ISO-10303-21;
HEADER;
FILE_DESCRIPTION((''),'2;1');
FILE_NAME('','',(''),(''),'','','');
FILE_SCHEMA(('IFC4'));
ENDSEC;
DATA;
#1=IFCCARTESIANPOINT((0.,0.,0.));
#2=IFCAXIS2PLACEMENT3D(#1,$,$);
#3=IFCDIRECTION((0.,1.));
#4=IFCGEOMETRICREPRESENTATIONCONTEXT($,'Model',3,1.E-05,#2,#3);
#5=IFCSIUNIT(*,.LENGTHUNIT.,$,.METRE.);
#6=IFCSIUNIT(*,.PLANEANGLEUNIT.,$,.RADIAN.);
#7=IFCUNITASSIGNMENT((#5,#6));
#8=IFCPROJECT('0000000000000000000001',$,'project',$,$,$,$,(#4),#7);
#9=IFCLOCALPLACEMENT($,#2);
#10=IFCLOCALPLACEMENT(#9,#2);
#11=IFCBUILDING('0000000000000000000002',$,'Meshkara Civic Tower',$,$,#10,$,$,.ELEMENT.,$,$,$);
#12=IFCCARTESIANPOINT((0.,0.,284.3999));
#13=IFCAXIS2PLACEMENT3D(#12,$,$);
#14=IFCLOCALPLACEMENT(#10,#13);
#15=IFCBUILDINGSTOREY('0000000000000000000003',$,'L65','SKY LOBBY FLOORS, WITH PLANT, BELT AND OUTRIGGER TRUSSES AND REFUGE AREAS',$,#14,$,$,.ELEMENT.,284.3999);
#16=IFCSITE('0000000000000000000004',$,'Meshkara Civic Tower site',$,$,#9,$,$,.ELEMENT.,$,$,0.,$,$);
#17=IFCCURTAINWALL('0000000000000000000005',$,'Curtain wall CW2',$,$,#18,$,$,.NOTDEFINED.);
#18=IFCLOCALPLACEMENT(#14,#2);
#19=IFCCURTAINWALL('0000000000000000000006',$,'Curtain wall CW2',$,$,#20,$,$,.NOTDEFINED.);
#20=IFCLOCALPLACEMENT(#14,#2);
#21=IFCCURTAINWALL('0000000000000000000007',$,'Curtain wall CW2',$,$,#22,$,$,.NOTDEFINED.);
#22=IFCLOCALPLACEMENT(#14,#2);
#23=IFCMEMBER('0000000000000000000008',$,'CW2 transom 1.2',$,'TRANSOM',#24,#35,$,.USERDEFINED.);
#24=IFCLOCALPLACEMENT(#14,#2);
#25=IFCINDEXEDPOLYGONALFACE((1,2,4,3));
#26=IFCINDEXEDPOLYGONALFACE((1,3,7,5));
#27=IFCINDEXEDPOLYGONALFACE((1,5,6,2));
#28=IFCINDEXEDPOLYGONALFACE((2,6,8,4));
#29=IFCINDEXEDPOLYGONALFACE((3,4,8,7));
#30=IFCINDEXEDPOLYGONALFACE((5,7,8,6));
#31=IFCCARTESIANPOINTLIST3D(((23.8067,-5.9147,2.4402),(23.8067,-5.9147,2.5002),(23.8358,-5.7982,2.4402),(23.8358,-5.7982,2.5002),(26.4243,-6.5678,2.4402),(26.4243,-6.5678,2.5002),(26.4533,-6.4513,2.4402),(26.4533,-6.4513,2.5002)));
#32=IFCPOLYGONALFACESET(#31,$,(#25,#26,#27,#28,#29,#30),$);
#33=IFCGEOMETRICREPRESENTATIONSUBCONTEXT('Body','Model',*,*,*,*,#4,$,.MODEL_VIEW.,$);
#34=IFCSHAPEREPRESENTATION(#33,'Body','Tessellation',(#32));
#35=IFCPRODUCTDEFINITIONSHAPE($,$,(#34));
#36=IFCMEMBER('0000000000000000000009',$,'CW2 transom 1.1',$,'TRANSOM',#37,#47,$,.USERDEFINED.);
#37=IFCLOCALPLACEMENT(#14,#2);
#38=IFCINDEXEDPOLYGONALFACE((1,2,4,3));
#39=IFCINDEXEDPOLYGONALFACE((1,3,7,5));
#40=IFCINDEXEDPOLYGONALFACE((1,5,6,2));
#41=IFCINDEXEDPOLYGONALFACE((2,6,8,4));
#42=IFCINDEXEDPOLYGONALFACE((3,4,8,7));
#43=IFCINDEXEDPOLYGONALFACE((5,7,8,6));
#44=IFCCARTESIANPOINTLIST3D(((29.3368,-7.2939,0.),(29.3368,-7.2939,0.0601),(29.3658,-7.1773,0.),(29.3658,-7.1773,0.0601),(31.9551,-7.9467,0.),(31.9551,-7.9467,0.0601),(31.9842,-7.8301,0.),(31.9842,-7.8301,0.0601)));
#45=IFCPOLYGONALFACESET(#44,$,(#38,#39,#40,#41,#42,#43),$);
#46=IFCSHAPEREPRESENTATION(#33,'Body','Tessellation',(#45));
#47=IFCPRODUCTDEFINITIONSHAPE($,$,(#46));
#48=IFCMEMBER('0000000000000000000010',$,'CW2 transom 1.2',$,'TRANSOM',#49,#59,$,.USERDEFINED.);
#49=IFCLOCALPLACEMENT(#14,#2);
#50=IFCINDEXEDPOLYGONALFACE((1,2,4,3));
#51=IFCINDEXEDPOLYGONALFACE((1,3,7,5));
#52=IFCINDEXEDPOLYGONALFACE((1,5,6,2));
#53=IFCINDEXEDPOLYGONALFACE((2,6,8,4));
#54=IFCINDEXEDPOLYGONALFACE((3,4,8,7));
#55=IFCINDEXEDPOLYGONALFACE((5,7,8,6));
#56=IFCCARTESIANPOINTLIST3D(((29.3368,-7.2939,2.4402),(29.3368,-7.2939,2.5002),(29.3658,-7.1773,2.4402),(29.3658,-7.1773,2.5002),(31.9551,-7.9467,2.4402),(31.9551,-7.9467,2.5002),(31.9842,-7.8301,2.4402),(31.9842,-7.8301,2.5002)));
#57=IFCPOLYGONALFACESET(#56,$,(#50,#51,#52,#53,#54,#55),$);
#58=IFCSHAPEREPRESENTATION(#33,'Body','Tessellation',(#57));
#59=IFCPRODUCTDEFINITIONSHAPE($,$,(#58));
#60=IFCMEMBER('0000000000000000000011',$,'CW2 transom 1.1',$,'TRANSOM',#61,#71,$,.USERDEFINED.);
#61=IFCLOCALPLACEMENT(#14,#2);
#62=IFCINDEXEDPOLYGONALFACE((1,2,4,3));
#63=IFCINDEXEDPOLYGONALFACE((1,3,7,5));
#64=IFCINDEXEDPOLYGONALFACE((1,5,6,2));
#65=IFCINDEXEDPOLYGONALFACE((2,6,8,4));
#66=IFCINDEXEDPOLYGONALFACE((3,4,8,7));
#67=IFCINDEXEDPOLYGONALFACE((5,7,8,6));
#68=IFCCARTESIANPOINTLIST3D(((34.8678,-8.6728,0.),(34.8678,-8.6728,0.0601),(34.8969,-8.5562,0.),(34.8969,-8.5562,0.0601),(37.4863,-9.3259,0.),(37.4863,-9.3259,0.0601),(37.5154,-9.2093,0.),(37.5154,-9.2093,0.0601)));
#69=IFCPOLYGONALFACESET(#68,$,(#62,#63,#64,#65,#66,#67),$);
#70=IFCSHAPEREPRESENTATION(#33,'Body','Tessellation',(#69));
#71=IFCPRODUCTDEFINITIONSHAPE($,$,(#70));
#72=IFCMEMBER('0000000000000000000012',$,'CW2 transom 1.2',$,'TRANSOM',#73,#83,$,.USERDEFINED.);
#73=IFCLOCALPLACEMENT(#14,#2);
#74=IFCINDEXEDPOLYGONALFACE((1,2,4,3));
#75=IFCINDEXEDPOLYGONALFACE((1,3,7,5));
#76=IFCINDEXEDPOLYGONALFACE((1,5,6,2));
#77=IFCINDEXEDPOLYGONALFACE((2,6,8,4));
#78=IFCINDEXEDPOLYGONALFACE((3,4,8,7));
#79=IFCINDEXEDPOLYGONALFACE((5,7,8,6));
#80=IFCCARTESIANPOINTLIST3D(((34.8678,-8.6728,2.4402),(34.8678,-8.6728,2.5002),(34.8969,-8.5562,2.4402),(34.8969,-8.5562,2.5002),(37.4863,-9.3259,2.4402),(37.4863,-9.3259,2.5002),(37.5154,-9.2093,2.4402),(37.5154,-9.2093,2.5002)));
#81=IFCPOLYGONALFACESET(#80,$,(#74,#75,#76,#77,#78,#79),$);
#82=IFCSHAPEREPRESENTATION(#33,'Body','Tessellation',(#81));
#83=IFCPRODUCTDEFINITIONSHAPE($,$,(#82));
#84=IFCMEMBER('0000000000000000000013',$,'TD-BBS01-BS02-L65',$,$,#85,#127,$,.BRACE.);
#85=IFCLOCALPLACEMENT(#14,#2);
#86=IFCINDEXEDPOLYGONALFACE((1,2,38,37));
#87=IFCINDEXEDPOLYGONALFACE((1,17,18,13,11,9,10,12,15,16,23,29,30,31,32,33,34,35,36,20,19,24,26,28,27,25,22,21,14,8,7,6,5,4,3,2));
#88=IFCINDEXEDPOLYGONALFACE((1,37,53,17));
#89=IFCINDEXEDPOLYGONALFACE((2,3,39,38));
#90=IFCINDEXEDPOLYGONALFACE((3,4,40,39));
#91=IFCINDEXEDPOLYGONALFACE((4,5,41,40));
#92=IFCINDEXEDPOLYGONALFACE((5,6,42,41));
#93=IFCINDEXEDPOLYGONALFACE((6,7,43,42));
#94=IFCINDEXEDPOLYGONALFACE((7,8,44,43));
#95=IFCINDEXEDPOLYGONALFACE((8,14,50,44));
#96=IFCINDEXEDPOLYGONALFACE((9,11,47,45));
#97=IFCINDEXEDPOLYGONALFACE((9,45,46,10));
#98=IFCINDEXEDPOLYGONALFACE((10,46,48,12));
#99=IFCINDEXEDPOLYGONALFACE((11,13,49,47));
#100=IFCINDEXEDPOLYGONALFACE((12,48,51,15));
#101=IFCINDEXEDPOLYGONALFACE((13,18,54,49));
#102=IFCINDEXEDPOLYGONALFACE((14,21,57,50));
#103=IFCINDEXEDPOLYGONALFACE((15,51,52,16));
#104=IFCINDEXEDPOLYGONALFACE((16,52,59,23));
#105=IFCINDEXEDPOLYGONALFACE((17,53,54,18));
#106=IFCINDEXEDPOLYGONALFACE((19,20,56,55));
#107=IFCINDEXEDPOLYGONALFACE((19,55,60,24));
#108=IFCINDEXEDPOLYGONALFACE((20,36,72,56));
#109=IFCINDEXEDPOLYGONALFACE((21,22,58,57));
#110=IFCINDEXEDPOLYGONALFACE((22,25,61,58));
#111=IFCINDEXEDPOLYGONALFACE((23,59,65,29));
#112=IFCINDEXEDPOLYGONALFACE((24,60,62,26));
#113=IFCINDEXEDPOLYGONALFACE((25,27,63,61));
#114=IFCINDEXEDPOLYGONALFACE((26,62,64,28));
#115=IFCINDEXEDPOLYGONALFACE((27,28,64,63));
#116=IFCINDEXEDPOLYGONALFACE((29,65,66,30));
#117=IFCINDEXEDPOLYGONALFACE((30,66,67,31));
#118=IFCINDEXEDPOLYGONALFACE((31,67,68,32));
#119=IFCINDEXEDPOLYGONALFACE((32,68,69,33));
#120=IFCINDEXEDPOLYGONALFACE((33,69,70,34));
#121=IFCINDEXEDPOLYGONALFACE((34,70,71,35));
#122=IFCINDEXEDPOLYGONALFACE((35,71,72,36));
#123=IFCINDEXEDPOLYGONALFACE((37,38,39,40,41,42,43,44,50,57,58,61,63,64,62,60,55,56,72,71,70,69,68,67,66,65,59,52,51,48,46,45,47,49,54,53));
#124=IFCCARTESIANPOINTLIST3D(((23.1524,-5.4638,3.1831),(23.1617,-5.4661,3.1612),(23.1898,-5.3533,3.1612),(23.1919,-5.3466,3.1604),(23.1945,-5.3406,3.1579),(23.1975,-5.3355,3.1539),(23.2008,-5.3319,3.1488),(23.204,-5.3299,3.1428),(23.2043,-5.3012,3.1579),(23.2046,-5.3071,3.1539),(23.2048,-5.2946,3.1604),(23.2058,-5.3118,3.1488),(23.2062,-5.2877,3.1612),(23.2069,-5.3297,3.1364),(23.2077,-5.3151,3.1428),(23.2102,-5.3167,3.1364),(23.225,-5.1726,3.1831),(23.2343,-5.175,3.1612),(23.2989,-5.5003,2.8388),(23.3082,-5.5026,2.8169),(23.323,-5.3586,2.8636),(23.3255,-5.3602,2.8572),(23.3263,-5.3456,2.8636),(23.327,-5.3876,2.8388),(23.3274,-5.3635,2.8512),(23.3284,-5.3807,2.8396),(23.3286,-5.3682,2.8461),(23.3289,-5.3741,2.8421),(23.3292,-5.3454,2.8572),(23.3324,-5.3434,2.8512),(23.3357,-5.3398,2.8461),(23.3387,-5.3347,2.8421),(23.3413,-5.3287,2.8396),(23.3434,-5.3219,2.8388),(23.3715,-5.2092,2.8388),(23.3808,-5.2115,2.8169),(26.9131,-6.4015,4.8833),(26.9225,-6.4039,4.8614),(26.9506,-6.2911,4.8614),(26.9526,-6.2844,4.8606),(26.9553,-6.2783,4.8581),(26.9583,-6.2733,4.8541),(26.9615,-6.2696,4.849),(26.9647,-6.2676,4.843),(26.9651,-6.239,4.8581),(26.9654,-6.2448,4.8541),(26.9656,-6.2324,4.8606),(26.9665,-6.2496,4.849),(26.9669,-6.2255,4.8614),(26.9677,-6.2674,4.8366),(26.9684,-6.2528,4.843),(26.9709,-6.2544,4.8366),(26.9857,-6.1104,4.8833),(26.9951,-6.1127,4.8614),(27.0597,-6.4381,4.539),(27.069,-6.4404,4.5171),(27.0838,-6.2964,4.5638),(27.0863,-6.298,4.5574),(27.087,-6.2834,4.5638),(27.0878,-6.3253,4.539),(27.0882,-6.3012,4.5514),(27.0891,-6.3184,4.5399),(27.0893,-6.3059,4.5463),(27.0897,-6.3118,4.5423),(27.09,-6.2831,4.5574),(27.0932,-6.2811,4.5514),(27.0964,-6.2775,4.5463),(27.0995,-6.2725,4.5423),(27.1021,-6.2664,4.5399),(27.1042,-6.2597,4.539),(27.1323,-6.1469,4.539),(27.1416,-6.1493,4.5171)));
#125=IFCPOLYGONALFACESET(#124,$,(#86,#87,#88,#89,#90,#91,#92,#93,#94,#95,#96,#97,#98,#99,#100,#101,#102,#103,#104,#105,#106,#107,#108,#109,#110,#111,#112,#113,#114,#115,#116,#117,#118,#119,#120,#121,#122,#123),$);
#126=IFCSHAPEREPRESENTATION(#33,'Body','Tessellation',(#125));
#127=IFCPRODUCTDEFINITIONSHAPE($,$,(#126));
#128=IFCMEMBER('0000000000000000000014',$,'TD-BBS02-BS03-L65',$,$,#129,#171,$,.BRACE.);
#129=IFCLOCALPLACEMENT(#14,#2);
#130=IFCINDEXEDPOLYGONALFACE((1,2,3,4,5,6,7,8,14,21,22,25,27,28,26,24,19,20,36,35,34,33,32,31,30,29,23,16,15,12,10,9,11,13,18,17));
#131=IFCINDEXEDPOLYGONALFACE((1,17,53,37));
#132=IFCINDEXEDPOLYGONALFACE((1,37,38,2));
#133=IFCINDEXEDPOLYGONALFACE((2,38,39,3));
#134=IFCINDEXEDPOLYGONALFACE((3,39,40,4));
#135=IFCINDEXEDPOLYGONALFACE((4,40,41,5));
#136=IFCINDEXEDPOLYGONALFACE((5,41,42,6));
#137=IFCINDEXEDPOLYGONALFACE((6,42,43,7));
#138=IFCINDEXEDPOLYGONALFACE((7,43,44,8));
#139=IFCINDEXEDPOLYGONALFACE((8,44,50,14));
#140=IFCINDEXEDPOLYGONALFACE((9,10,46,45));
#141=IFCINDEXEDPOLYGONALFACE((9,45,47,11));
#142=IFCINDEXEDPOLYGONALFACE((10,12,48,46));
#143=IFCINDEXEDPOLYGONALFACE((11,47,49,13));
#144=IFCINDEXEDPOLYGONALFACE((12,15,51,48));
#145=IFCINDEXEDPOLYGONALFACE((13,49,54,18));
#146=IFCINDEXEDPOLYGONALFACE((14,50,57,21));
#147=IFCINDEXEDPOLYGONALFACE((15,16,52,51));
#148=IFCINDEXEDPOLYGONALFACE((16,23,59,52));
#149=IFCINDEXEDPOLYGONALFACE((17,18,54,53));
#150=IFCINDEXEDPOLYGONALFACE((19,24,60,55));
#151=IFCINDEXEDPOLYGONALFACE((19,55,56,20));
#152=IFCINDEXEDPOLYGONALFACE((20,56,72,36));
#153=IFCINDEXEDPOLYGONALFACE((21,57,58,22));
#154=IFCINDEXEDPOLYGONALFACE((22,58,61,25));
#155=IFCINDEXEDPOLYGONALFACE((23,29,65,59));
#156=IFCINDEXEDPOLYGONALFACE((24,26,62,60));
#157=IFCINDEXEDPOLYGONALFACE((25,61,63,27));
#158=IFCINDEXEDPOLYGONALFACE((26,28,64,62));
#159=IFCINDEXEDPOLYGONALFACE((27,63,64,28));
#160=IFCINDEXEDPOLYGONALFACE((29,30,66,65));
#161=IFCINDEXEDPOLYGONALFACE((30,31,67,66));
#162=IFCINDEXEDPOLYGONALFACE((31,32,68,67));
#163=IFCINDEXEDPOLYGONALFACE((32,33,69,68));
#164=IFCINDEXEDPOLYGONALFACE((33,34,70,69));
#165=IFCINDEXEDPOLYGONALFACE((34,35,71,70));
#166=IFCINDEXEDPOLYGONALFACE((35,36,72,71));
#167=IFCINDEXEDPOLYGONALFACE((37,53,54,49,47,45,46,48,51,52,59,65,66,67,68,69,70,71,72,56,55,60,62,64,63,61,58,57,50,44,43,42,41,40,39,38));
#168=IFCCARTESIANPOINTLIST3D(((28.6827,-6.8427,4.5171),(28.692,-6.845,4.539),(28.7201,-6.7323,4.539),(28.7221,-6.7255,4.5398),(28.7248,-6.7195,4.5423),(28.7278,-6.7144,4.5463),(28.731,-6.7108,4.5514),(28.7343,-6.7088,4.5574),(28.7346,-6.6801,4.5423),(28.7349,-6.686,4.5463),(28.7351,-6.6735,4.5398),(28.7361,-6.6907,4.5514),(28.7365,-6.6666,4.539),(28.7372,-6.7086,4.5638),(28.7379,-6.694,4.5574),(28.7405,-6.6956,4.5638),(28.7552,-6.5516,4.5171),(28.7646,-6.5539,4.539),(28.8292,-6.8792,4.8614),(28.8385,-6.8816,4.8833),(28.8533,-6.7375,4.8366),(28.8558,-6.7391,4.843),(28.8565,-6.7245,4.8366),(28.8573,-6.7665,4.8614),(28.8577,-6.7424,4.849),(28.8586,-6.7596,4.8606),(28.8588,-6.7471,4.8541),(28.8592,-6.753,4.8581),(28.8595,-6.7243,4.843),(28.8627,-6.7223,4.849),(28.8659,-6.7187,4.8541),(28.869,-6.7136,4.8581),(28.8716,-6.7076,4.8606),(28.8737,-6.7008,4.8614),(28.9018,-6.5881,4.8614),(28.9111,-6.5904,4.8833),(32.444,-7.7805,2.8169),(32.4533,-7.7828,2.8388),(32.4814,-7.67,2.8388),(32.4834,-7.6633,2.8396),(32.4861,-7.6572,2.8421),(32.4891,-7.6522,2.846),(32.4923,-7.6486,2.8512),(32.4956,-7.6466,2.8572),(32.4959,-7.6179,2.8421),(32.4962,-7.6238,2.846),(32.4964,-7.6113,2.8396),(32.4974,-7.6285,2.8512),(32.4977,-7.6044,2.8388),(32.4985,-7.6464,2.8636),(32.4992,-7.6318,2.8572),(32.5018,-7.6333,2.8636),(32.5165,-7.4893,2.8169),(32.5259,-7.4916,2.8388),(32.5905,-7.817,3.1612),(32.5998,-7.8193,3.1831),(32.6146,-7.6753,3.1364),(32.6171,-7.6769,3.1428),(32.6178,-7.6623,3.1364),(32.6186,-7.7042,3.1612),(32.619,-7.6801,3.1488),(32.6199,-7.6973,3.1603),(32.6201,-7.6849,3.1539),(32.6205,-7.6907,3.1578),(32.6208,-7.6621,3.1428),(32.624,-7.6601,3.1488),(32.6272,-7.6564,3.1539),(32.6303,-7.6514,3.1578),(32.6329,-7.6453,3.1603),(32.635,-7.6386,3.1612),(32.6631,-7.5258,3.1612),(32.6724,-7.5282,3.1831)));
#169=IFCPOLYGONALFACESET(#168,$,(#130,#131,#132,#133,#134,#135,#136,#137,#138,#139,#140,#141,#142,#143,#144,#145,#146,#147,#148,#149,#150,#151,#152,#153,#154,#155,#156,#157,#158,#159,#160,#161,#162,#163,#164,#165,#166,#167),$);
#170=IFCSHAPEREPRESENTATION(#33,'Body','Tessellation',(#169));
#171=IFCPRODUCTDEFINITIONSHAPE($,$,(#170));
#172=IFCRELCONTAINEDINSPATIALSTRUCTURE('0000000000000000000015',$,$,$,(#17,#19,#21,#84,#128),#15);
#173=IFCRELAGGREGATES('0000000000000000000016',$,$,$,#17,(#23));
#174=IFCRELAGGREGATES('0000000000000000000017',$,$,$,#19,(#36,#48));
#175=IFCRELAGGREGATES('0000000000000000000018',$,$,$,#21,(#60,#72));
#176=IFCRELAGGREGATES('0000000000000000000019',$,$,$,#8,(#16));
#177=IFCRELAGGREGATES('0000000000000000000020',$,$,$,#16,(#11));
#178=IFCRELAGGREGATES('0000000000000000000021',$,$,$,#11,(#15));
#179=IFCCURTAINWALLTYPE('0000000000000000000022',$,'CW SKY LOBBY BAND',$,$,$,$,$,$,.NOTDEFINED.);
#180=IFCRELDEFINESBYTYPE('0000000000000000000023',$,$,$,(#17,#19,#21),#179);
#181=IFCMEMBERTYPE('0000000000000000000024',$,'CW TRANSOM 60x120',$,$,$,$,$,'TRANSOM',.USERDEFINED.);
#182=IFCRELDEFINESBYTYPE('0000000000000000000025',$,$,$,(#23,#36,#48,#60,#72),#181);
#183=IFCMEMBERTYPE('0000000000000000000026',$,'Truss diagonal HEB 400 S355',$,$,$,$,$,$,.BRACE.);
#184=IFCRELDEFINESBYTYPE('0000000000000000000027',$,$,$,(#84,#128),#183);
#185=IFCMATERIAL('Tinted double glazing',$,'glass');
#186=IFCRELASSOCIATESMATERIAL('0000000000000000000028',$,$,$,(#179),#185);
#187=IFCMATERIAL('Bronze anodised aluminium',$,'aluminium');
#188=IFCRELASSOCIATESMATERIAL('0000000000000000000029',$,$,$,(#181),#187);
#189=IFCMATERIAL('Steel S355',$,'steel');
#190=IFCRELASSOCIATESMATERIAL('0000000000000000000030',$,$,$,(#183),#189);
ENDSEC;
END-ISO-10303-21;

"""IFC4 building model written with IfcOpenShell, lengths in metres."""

from ifc_helpers import new_model, si_unit, direction, frame, origin, origin_2d, place, context, subcontext, project, spatial, rectangle, i_section, extrude, material, material_profile, profile_set, type_object, element, aggregate, save


model = new_model("IFC4")

# Units and contexts
model_context = context("Model", 3, precision=1e-05, world=origin(), true_north=direction((0.0, 1.0)))
body_context = subcontext(model_context, "Body", "Model", "MODEL_VIEW")
ifc_project = project(units=[si_unit("LENGTHUNIT", "METRE"), si_unit("PLANEANGLEUNIT", "RADIAN")], contexts=[model_context])

# Site, building, storey
site_placement = place(None, origin())
site = spatial("IfcSite", under=ifc_project, at=site_placement, Name="Meshkara Civic Tower site", CompositionType="ELEMENT", RefElevation=0.0)
building_placement = place(site_placement, origin())
building = spatial("IfcBuilding", under=site, at=building_placement, Name="Meshkara Civic Tower", CompositionType="ELEMENT")
storey_placement = place(building_placement, frame((0.0, 0.0, 284.3999)))
storey = spatial("IfcBuildingStorey", under=building, at=storey_placement, Name="L65", Description="SKY LOBBY FLOORS, WITH PLANT, BELT AND OUTRIGGER TRUSSES AND REFUGE AREAS", CompositionType="ELEMENT", Elevation=284.3999)

# Curtain walls
ifc_material_1 = material(Name="Tinted double glazing", Category="glass")
curtain_wall_type = type_object("IfcCurtainWallType", Name="CW SKY LOBBY BAND", PredefinedType="NOTDEFINED", material=ifc_material_1)
curtain_wall_1_placement = place(storey_placement, origin())
curtain_wall_1 = element("IfcCurtainWall", 1, at=curtain_wall_1_placement, inside=storey, type_object=curtain_wall_type, Name="Curtain wall CW2", PredefinedType="NOTDEFINED")
curtain_wall_2_placement = place(storey_placement, origin())
curtain_wall_2 = element("IfcCurtainWall", 2, at=curtain_wall_2_placement, inside=storey, type_object=curtain_wall_type, Name="Curtain wall CW2", PredefinedType="NOTDEFINED")
curtain_wall_3_placement = place(storey_placement, origin())
curtain_wall_3 = element("IfcCurtainWall", 3, at=curtain_wall_3_placement, inside=storey, type_object=curtain_wall_type, Name="Curtain wall CW2", PredefinedType="NOTDEFINED")

# Members
ifc_material_2 = material(Name="Bronze anodised aluminium", Category="aluminium")
ifc_material_profile_1 = material_profile(ifc_material_2, rectangle(XDim=0.1201, YDim=0.0601, at=origin_2d()))
ifc_profile_set_1 = profile_set([ifc_material_profile_1], Name="Bronze anodised aluminium")
member_type_1 = type_object("IfcMemberType", Name="CW TRANSOM 60x120", ElementType="TRANSOM", PredefinedType="USERDEFINED", material=ifc_profile_set_1)
member_1_placement = place(storey_placement, frame((23.8213, -5.8564, 2.4702), z_axis=(0.970254, -0.242088, 0.0), x_axis=(0.242088, 0.970254, 0.0)))
member_1 = element("IfcMember", 4, at=member_1_placement, type_object=member_type_1, Name="CW2 transom 1.2", ObjectType="TRANSOM", PredefinedType="USERDEFINED", context=body_context, shape_type="SweptSolid", body=[
    extrude(rectangle(XDim=0.1201, YDim=0.0601, at=origin_2d()), origin(), (0.0, 0.0, 1.0), 2.6978),
])
member_2_placement = place(storey_placement, frame((29.3513, -7.2356, 0.03), z_axis=(0.970297, -0.241918, 0.0), x_axis=(0.241918, 0.970297, 0.0)))
member_2 = element("IfcMember", 5, at=member_2_placement, type_object=member_type_1, Name="CW2 transom 1.1", ObjectType="TRANSOM", PredefinedType="USERDEFINED", context=body_context, shape_type="SweptSolid", body=[
    extrude(rectangle(XDim=0.1201, YDim=0.0601, at=origin_2d()), origin(), (0.0, 0.0, 1.0), 2.6985),
])
member_3_placement = place(storey_placement, frame((29.3513, -7.2356, 2.4702), z_axis=(0.970297, -0.241918, 0.0), x_axis=(0.241918, 0.970297, 0.0)))
member_3 = element("IfcMember", 6, at=member_3_placement, type_object=member_type_1, Name="CW2 transom 1.2", ObjectType="TRANSOM", PredefinedType="USERDEFINED", context=body_context, shape_type="SweptSolid", body=[
    extrude(rectangle(XDim=0.1201, YDim=0.0601, at=origin_2d()), origin(), (0.0, 0.0, 1.0), 2.6985),
])
member_4_placement = place(storey_placement, frame((34.8823, -8.6145, 0.03), z_axis=(0.970275, -0.242003, 0.0), x_axis=(0.242003, 0.970275, 0.0)))
member_4 = element("IfcMember", 7, at=member_4_placement, type_object=member_type_1, Name="CW2 transom 1.1", ObjectType="TRANSOM", PredefinedType="USERDEFINED", context=body_context, shape_type="SweptSolid", body=[
    extrude(rectangle(XDim=0.1201, YDim=0.0601, at=origin_2d()), origin(), (0.0, 0.0, 1.0), 2.6987),
])
member_5_placement = place(storey_placement, frame((34.8823, -8.6145, 2.4702), z_axis=(0.970275, -0.242003, 0.0), x_axis=(0.242003, 0.970275, 0.0)))
member_5 = element("IfcMember", 8, at=member_5_placement, type_object=member_type_1, Name="CW2 transom 1.2", ObjectType="TRANSOM", PredefinedType="USERDEFINED", context=body_context, shape_type="SweptSolid", body=[
    extrude(rectangle(XDim=0.1201, YDim=0.0601, at=origin_2d()), origin(), (0.0, 0.0, 1.0), 2.6987),
])

# Members
ifc_material_3 = material(Name="Steel S355", Category="steel")
ifc_material_profile_2 = material_profile(ifc_material_3, i_section(OverallWidth=0.3, OverallDepth=0.3999, WebThickness=0.0134, FlangeThickness=0.0239, FilletRadius=0.0271, at=origin_2d()))
ifc_profile_set_2 = profile_set([ifc_material_profile_2], Name="Steel S355")
member_type_2 = type_object("IfcMemberType", Name="Truss diagonal HEB 400 S355", PredefinedType="BRACE", material=ifc_profile_set_2)
member_6_placement = place(storey_placement, frame((23.2666, -5.3376, 3.0), z_axis=(0.88856, -0.221563, 0.40171), x_axis=(0.241943, 0.970291, 0.0)))
element("IfcMember", 9, at=member_6_placement, inside=storey, type_object=member_type_2, Name="TD-BBS01-BS02-L65", PredefinedType="BRACE", context=body_context, shape_type="SweptSolid", body=[
    extrude(i_section(OverallWidth=0.3, OverallDepth=0.3999, WebThickness=0.0134, FlangeThickness=0.0239, FilletRadius=0.0271, at=origin_2d()), origin(), (0.0, 0.0, 1.0), 4.2324),
])
for number, where, z_axis, x_axis, name in (
    (10, (28.7969, -6.7166, 4.7002), (0.888584, -0.221541, -0.401668), (0.241913, 0.970298, 0.0), "TD-BBS02-BS03-L65"),
):
    element("IfcMember", number, at=place(storey_placement, frame(where, z_axis=z_axis, x_axis=x_axis)), inside=storey, type_object=member_type_2, Name=name, PredefinedType="BRACE", context=body_context, shape_type="SweptSolid", body=[
        extrude(i_section(OverallWidth=0.3, OverallDepth=0.3999, WebThickness=0.0134, FlangeThickness=0.0239, FilletRadius=0.0271, at=origin_2d()), origin(), (0.0, 0.0, 1.0), 4.2329),
    ])

aggregate(curtain_wall_1, [member_1])
aggregate(curtain_wall_2, [member_2, member_3])
aggregate(curtain_wall_3, [member_4, member_5])

save(model, "model.ifc")
